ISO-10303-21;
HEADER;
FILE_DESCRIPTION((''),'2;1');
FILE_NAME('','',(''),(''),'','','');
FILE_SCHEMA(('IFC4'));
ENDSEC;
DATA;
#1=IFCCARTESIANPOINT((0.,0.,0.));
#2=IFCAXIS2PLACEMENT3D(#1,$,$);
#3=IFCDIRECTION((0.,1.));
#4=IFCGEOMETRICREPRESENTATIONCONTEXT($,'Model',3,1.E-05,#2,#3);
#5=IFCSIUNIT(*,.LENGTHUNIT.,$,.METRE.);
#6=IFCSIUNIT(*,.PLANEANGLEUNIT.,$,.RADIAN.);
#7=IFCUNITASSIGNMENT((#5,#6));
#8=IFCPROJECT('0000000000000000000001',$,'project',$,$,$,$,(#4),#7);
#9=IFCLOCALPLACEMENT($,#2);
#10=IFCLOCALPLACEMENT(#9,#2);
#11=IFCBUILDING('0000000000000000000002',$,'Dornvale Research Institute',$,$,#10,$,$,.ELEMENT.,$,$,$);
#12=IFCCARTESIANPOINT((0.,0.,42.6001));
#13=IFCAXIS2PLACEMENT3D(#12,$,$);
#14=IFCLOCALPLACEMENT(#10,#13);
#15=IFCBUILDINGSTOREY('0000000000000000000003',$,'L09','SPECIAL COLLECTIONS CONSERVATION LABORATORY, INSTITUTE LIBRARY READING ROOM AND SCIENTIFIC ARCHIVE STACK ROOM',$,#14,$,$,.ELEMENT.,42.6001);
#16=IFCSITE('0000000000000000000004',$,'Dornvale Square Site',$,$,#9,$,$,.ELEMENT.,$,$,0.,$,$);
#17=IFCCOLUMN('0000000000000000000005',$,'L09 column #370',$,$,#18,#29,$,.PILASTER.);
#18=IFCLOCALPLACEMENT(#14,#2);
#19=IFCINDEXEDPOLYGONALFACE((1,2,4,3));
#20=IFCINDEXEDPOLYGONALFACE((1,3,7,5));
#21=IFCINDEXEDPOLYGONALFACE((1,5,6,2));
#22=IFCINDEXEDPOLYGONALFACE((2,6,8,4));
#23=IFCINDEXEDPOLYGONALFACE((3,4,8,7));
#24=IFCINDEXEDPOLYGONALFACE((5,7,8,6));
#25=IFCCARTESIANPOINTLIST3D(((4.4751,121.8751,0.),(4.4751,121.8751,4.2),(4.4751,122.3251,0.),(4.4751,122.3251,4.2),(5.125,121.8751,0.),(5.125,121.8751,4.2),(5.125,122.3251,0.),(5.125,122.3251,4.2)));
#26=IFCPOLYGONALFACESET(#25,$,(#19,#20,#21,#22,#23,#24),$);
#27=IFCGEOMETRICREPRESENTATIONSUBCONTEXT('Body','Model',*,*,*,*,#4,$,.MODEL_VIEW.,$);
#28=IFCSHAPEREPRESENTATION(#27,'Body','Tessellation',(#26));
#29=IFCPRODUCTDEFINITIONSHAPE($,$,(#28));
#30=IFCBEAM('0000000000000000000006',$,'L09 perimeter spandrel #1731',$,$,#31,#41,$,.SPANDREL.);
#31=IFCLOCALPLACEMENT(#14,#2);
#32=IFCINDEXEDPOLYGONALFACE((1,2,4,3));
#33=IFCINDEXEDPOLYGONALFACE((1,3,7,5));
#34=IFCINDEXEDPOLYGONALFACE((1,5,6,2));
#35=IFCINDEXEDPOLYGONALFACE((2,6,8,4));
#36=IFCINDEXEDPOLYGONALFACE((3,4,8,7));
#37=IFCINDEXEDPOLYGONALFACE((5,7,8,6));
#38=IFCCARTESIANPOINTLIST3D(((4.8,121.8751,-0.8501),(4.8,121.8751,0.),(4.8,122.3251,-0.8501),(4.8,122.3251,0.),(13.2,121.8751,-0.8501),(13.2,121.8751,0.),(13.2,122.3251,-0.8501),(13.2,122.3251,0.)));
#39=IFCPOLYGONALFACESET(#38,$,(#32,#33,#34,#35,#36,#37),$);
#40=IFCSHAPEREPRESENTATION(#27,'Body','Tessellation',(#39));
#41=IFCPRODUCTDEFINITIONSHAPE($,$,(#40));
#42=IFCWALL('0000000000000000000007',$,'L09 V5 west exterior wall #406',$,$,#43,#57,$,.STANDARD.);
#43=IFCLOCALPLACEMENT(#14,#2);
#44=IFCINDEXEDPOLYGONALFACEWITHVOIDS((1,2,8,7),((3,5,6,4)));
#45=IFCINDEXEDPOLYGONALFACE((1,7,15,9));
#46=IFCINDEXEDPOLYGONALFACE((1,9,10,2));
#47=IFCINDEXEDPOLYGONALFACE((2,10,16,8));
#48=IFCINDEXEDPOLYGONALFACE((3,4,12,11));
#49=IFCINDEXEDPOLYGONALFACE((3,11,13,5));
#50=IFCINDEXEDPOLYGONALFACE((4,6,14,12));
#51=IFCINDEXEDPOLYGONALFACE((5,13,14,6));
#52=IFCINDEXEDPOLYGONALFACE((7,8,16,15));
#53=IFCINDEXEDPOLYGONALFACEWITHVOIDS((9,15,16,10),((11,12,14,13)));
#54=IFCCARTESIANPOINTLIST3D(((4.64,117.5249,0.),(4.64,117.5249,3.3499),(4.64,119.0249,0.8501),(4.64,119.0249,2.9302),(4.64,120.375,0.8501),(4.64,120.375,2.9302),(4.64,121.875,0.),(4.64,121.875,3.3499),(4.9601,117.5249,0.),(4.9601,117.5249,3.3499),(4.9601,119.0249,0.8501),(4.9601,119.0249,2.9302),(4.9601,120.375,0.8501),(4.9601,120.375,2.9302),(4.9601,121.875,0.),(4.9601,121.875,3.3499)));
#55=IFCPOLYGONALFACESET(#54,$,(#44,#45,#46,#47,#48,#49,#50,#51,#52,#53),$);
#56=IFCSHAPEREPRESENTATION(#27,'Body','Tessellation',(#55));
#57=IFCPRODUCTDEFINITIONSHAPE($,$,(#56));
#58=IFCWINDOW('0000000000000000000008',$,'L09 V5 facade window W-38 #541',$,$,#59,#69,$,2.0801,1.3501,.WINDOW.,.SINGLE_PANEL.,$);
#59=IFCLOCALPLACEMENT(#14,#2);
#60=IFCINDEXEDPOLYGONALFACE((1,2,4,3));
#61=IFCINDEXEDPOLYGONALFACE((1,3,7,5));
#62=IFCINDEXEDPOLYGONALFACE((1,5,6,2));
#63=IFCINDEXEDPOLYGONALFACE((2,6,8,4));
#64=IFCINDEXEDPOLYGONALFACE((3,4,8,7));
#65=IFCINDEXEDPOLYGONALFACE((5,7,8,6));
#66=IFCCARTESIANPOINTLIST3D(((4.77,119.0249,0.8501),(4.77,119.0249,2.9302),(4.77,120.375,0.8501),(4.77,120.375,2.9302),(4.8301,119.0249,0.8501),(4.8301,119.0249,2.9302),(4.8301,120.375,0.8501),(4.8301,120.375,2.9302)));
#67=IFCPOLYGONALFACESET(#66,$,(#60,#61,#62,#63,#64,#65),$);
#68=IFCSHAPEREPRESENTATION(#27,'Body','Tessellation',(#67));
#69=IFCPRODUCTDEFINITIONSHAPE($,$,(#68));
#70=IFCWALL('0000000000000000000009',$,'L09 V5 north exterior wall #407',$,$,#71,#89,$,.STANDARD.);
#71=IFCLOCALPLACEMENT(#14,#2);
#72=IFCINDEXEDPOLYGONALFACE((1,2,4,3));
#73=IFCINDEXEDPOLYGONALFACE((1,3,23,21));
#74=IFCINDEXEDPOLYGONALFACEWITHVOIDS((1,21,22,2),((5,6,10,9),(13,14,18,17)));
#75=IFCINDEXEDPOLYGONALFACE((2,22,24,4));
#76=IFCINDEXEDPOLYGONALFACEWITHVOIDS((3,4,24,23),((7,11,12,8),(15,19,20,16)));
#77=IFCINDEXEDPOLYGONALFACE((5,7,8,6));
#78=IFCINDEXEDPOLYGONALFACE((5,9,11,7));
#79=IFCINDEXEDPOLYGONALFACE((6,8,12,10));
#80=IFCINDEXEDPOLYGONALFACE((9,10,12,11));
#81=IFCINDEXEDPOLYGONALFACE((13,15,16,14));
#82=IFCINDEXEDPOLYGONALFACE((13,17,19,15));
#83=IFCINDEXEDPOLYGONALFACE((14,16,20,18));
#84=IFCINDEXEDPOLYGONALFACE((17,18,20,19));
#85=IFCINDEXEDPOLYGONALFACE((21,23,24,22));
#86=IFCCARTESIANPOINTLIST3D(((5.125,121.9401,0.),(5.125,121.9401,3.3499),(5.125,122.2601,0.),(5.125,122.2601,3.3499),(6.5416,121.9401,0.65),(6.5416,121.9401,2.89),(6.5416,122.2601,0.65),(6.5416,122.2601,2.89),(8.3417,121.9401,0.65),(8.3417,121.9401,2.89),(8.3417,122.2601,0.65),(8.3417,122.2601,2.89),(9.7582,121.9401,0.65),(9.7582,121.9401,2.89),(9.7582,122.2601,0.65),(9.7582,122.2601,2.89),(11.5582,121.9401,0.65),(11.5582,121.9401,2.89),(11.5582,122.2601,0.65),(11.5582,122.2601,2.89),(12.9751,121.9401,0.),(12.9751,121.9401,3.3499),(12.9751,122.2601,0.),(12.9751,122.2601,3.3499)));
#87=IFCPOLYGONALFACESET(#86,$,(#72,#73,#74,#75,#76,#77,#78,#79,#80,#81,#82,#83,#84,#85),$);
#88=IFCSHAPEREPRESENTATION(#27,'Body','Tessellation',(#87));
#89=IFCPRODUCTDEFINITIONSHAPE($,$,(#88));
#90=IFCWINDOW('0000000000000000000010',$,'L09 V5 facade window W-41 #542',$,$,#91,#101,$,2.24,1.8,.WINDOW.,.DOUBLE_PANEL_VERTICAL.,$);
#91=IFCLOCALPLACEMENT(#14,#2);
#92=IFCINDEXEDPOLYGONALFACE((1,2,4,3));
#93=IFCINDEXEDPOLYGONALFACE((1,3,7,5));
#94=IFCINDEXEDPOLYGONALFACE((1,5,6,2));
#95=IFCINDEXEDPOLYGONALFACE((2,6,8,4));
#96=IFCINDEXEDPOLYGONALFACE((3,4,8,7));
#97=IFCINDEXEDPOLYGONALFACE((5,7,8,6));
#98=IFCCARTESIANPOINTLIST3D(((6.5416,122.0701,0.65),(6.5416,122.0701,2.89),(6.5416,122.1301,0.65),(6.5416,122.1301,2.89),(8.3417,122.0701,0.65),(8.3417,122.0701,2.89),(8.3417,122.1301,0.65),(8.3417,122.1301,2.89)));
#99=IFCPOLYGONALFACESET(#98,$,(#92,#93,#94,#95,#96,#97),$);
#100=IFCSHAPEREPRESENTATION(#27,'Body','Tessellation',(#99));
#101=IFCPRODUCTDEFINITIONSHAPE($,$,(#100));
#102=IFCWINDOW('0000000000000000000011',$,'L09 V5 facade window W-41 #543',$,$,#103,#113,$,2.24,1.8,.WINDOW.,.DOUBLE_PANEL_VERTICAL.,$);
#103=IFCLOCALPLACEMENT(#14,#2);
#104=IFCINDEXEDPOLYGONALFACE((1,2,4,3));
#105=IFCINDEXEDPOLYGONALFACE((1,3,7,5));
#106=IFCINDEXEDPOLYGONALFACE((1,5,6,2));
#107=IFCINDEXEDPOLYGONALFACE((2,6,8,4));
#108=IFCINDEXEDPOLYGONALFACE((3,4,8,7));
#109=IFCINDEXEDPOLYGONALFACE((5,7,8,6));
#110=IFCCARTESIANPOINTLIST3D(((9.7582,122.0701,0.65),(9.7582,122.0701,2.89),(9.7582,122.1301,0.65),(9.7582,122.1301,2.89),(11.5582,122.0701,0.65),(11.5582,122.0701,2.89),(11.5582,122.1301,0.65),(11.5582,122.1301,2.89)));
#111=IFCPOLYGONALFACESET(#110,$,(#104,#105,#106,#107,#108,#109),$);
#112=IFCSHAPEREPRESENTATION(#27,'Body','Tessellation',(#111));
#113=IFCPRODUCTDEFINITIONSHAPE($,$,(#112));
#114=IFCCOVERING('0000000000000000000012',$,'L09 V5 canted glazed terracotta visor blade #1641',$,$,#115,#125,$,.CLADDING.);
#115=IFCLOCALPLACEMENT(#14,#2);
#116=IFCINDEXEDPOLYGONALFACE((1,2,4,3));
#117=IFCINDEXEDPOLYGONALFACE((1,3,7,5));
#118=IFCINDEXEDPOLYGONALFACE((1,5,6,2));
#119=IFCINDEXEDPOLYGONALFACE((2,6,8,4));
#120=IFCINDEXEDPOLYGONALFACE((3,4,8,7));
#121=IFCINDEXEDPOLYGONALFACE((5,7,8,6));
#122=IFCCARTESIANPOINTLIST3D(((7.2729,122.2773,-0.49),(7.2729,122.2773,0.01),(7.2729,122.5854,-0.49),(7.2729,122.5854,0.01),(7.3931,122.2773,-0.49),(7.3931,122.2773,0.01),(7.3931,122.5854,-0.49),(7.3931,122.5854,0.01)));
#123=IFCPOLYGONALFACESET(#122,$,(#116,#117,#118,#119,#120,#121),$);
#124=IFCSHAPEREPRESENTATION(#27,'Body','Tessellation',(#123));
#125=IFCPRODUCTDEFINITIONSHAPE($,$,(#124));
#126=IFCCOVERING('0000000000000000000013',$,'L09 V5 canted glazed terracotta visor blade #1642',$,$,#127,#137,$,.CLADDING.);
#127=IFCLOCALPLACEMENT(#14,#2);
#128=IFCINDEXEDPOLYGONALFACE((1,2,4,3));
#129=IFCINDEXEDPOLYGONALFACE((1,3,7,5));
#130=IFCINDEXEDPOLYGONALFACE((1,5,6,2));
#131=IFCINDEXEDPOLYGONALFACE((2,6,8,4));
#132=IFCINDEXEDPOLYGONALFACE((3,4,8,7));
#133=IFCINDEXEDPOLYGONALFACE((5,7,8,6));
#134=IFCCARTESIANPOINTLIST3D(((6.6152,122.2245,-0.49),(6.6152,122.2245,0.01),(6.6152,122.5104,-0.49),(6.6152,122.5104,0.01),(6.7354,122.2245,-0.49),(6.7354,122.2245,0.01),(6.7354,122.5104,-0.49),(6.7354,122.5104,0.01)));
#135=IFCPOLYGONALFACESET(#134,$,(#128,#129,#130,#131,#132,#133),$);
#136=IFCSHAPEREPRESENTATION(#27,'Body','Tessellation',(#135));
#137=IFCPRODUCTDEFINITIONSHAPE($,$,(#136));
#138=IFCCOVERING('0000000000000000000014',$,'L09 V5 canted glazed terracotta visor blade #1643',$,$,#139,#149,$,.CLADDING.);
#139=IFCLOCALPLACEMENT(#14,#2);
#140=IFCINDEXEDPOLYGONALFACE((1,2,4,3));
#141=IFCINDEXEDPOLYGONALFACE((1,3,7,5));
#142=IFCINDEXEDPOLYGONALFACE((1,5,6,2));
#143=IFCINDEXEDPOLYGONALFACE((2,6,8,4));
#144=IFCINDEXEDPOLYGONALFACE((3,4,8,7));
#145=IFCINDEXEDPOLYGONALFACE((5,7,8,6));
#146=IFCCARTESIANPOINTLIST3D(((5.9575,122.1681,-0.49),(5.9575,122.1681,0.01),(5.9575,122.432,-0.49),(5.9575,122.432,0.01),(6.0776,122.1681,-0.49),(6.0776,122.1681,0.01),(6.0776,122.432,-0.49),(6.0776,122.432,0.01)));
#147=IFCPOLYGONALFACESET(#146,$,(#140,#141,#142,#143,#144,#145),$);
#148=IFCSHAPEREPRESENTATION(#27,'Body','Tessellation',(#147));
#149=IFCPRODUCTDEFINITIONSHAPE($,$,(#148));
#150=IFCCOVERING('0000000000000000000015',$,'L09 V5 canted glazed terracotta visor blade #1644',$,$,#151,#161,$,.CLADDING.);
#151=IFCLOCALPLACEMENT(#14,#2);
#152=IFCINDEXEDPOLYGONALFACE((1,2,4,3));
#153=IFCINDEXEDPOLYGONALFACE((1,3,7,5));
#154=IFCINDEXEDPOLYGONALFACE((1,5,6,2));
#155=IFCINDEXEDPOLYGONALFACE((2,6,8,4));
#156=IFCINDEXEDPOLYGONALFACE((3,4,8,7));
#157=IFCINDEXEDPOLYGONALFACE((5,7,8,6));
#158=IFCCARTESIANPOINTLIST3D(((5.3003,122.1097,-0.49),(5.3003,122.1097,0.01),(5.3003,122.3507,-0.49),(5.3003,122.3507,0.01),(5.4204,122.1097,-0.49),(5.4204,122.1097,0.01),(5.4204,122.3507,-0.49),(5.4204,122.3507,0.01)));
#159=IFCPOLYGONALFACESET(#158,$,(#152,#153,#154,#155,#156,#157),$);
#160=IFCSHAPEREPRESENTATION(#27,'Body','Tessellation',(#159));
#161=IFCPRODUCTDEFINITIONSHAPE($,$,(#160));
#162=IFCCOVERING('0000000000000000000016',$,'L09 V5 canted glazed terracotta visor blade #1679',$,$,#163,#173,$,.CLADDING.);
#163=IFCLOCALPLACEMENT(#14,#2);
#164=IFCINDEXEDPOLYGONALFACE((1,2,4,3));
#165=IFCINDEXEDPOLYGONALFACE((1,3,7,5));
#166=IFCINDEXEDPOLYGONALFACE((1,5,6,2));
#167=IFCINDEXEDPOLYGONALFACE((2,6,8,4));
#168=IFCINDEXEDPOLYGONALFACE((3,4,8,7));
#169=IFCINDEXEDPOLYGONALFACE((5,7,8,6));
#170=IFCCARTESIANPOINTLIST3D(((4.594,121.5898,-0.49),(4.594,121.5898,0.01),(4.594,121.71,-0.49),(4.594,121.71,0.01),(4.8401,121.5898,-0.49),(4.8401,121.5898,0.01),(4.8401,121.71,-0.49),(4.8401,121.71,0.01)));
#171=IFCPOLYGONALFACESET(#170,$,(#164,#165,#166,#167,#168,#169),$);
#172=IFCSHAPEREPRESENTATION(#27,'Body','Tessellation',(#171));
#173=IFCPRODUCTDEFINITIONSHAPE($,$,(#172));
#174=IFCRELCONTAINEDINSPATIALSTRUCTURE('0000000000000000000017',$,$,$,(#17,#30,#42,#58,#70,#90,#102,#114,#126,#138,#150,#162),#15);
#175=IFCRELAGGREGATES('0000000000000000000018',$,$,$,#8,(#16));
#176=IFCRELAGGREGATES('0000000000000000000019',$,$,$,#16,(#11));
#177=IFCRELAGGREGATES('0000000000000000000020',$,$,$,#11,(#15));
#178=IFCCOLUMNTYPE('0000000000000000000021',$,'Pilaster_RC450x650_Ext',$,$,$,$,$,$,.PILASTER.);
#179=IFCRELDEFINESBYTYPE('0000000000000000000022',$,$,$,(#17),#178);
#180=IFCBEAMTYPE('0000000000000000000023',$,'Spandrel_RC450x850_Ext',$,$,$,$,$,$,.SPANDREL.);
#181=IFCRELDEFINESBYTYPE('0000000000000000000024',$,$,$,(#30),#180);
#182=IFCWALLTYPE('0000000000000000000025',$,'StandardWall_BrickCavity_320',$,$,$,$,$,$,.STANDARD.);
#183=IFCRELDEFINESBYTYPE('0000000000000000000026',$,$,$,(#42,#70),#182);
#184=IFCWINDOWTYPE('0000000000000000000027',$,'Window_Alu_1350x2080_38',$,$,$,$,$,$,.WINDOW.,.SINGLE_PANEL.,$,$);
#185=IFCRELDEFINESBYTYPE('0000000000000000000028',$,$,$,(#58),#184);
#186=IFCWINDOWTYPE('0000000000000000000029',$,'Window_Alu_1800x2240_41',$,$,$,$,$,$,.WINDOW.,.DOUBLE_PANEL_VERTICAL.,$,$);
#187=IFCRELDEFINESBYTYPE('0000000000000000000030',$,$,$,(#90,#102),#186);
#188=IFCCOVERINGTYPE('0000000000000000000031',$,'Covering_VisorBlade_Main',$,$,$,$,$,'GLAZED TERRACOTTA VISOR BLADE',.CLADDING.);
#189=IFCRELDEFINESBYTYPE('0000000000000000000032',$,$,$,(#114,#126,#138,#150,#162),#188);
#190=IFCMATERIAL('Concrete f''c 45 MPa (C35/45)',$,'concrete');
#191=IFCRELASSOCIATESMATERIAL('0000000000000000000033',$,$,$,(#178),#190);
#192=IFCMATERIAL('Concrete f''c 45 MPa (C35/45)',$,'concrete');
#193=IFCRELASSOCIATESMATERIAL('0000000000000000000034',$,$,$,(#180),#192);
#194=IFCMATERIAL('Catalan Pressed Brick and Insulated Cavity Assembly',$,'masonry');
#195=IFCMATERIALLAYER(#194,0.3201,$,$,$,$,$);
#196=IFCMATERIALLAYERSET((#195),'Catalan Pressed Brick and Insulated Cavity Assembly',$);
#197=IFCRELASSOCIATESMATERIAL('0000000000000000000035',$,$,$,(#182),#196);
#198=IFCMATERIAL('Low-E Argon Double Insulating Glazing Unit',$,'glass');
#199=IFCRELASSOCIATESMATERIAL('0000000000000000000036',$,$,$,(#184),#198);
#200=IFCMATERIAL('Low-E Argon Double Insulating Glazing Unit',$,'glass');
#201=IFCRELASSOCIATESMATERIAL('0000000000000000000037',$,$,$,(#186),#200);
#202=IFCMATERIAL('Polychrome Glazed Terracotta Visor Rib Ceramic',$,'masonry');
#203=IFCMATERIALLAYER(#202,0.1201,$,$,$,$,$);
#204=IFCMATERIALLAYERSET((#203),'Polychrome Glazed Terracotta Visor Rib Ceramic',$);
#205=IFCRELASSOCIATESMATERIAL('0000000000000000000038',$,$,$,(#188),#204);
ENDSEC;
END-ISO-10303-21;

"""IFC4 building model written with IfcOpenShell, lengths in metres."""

from ifc_helpers import new_model, si_unit, direction, frame, frame_2d, origin, origin_2d, place, context, subcontext, project, spatial, rectangle, extrude, material, layer, layer_set, material_profile, profile_set, type_object, element, fill, save


model = new_model("IFC4")

# Units and contexts
model_context = context("Model", 3, precision=1e-05, world=origin(), true_north=direction((0.0, 1.0)))
body_context = subcontext(model_context, "Body", "Model", "MODEL_VIEW")
ifc_project = project(units=[si_unit("LENGTHUNIT", "METRE"), si_unit("PLANEANGLEUNIT", "RADIAN")], contexts=[model_context])

# Site, building, storey
site_placement = place(None, origin())
site = spatial("IfcSite", under=ifc_project, at=site_placement, Name="Dornvale Square Site", CompositionType="ELEMENT", RefElevation=0.0)
building_placement = place(site_placement, origin())
building = spatial("IfcBuilding", under=site, at=building_placement, Name="Dornvale Research Institute", CompositionType="ELEMENT")
storey_placement = place(building_placement, frame((0.0, 0.0, 42.6001)))
storey = spatial("IfcBuildingStorey", under=building, at=storey_placement, Name="L09", Description="SPECIAL COLLECTIONS CONSERVATION LABORATORY, INSTITUTE LIBRARY READING ROOM AND SCIENTIFIC ARCHIVE STACK ROOM", CompositionType="ELEMENT", Elevation=42.6001)

# Column
ifc_material_1 = material(Name="Concrete f'c 45 MPa (C35/45)", Category="concrete")
ifc_material_profile_1 = material_profile(ifc_material_1, rectangle(XDim=0.45, YDim=0.6499, at=origin_2d()), Name="RC 450x650")
ifc_profile_set_1 = profile_set([ifc_material_profile_1], Name="Concrete f'c 45 MPa (C35/45)")
column_type = type_object("IfcColumnType", Name="Pilaster_RC450x650_Ext", PredefinedType="PILASTER", material=ifc_profile_set_1)
column_placement = place(storey_placement, frame((4.8, 122.1001, 0.0), z_axis=(0.0, 0.0, 1.0), x_axis=(0.0, 1.0, 0.0)))
element("IfcColumn", 1, at=column_placement, inside=storey, type_object=column_type, Name="L09 column #370", PredefinedType="PILASTER", context=body_context, shape_type="SweptSolid", body=[
    extrude(rectangle(XDim=0.45, YDim=0.6499, at=origin_2d()), origin(), (0.0, 0.0, 1.0), 4.2),
])

# Beam
ifc_material_2 = material(Name="Concrete f'c 45 MPa (C35/45)", Category="concrete")
ifc_material_profile_2 = material_profile(ifc_material_2, rectangle(XDim=0.45, YDim=0.8501, at=origin_2d()), Name="RC 450x850")
ifc_profile_set_2 = profile_set([ifc_material_profile_2], Name="Concrete f'c 45 MPa (C35/45)")
beam_type = type_object("IfcBeamType", Name="Spandrel_RC450x850_Ext", PredefinedType="SPANDREL", material=ifc_profile_set_2)
beam_placement = place(storey_placement, frame((4.8, 122.1001, -0.425), z_axis=(1.0, 0.0, 0.0), x_axis=(0.0, 1.0, 0.0)))
element("IfcBeam", 2, at=beam_placement, inside=storey, type_object=beam_type, Name="L09 perimeter spandrel #1731", PredefinedType="SPANDREL", context=body_context, shape_type="SweptSolid", body=[
    extrude(rectangle(XDim=0.45, YDim=0.8501, at=origin_2d()), origin(), (0.0, 0.0, 1.0), 8.3999),
])

# Wall, opening, window
ifc_material_3 = material(Name="Catalan Pressed Brick and Insulated Cavity Assembly", Category="masonry")
ifc_layer_1 = layer(ifc_material_3, 0.3201)
ifc_layer_set_1 = layer_set([ifc_layer_1], Name="Catalan Pressed Brick and Insulated Cavity Assembly")
wall_type = type_object("IfcWallType", Name="StandardWall_BrickCavity_320", PredefinedType="STANDARD", material=ifc_layer_set_1)
wall_1_placement = place(storey_placement, frame((4.8, 117.5249, 0.0), z_axis=(0.0, 0.0, 1.0), x_axis=(0.0, 1.0, 0.0)))
wall_1 = element("IfcWall", 3, at=wall_1_placement, inside=storey, type_object=wall_type, Name="L09 V5 west exterior wall #406", PredefinedType="STANDARD", context=body_context, shape_type="SweptSolid", body=[
    extrude(rectangle(XDim=4.3501, YDim=0.3201, at=frame_2d((2.175, 0.0))), origin(), (0.0, 0.0, 1.0), 3.3499),
])
opening_1_placement = place(wall_1_placement, frame((1.5, 0.0, 0.8501)))
opening_1 = element("IfcOpeningElement", 4, at=opening_1_placement, cuts=wall_1, PredefinedType="OPENING", context=body_context, shape_type="SweptSolid", body=[
    extrude(rectangle(XDim=1.3501, YDim=2.0801, at=frame_2d((0.675, 1.04))), frame((0.0, 0.175, 0.0), z_axis=(0.0, -1.0, 0.0), x_axis=(1.0, 0.0, 0.0)), (0.0, 0.0, 1.0), 0.3501),
])
ifc_material_4 = material(Name="Low-E Argon Double Insulating Glazing Unit", Category="glass")
window_type_1 = type_object("IfcWindowType", Name="Window_Alu_1350x2080_38", PartitioningType="SINGLE_PANEL", PredefinedType="WINDOW", material=ifc_material_4)
window_1_placement = place(opening_1_placement, origin())
window_1 = element("IfcWindow", 5, at=window_1_placement, inside=storey, type_object=window_type_1, Name="L09 V5 facade window W-38 #541", OverallHeight=2.0801, OverallWidth=1.3501, PartitioningType="SINGLE_PANEL", PredefinedType="WINDOW", context=body_context, shape_type="SweptSolid", body=[
    extrude(rectangle(XDim=1.3501, YDim=2.0801, at=frame_2d((0.675, 1.04))), frame((0.0, 0.03, 0.0), z_axis=(0.0, -1.0, 0.0), x_axis=(1.0, 0.0, 0.0)), (0.0, 0.0, 1.0), 0.0601),
])
fill(opening_1, window_1)

# Wall, openings, windows
wall_2_placement = place(storey_placement, frame((5.125, 122.1001, 0.0), z_axis=(0.0, 0.0, 1.0), x_axis=(1.0, 0.0, 0.0)))
wall_2 = element("IfcWall", 6, at=wall_2_placement, inside=storey, type_object=wall_type, Name="L09 V5 north exterior wall #407", PredefinedType="STANDARD", context=body_context, shape_type="SweptSolid", body=[
    extrude(rectangle(XDim=7.8501, YDim=0.3201, at=frame_2d((3.925, 0.0))), origin(), (0.0, 0.0, 1.0), 3.3499),
])
opening_2_placement = place(wall_2_placement, frame((1.4167, 0.0, 0.6499)))
opening_2 = element("IfcOpeningElement", 7, at=opening_2_placement, cuts=wall_2, PredefinedType="OPENING", context=body_context, shape_type="SweptSolid", body=[
    extrude(rectangle(XDim=1.8, YDim=2.24, at=frame_2d((0.8999, 1.1201))), frame((0.0, 0.175, 0.0), z_axis=(0.0, -1.0, 0.0), x_axis=(1.0, 0.0, 0.0)), (0.0, 0.0, 1.0), 0.3501),
])
opening_3_placement = place(wall_2_placement, frame((4.6333, 0.0, 0.6499)))
opening_3 = element("IfcOpeningElement", 8, at=opening_3_placement, cuts=wall_2, PredefinedType="OPENING", context=body_context, shape_type="SweptSolid", body=[
    extrude(rectangle(XDim=1.8, YDim=2.24, at=frame_2d((0.8999, 1.1201))), frame((0.0, 0.175, 0.0), z_axis=(0.0, -1.0, 0.0), x_axis=(1.0, 0.0, 0.0)), (0.0, 0.0, 1.0), 0.3501),
])
ifc_material_5 = material(Name="Low-E Argon Double Insulating Glazing Unit", Category="glass")
window_type_2 = type_object("IfcWindowType", Name="Window_Alu_1800x2240_41", PartitioningType="DOUBLE_PANEL_VERTICAL", PredefinedType="WINDOW", material=ifc_material_5)
window_2_placement = place(opening_2_placement, origin())
window_2 = element("IfcWindow", 9, at=window_2_placement, inside=storey, type_object=window_type_2, Name="L09 V5 facade window W-41 #542", OverallHeight=2.24, OverallWidth=1.8, PartitioningType="DOUBLE_PANEL_VERTICAL", PredefinedType="WINDOW", context=body_context, shape_type="SweptSolid", body=[
    extrude(rectangle(XDim=1.8, YDim=2.24, at=frame_2d((0.8999, 1.1201))), frame((0.0, 0.03, 0.0), z_axis=(0.0, -1.0, 0.0), x_axis=(1.0, 0.0, 0.0)), (0.0, 0.0, 1.0), 0.0601),
])
fill(opening_2, window_2)
window_3_placement = place(opening_3_placement, origin())
window_3 = element("IfcWindow", 10, at=window_3_placement, inside=storey, type_object=window_type_2, Name="L09 V5 facade window W-41 #543", OverallHeight=2.24, OverallWidth=1.8, PartitioningType="DOUBLE_PANEL_VERTICAL", PredefinedType="WINDOW", context=body_context, shape_type="SweptSolid", body=[
    extrude(rectangle(XDim=1.8, YDim=2.24, at=frame_2d((0.8999, 1.1201))), frame((0.0, 0.03, 0.0), z_axis=(0.0, -1.0, 0.0), x_axis=(1.0, 0.0, 0.0)), (0.0, 0.0, 1.0), 0.0601),
])
fill(opening_3, window_3)

# Coverings
ifc_material_6 = material(Name="Polychrome Glazed Terracotta Visor Rib Ceramic", Category="masonry")
ifc_layer_2 = layer(ifc_material_6, 0.1201)
ifc_layer_set_2 = layer_set([ifc_layer_2], Name="Polychrome Glazed Terracotta Visor Rib Ceramic")
covering_type = type_object("IfcCoveringType", Name="Covering_VisorBlade_Main", ElementType="GLAZED TERRACOTTA VISOR BLADE", PredefinedType="CLADDING", material=ifc_layer_set_2)
covering_1_placement = place(storey_placement, frame((7.333, 122.4314, -0.49), z_axis=(0.0, 0.0, 1.0), x_axis=(0.0, 1.0, 0.0)))
element("IfcCovering", 11, at=covering_1_placement, inside=storey, type_object=covering_type, Name="L09 V5 canted glazed terracotta visor blade #1641", PredefinedType="CLADDING", context=body_context, shape_type="SweptSolid", body=[
    extrude(rectangle(XDim=0.3081, YDim=0.1201, at=origin_2d()), origin(), (0.0, 0.0, 1.0), 0.5),
])
covering_2_placement = place(storey_placement, frame((6.6753, 122.3674, -0.49), z_axis=(0.0, 0.0, 1.0), x_axis=(0.0, 1.0, 0.0)))
element("IfcCovering", 12, at=covering_2_placement, inside=storey, type_object=covering_type, Name="L09 V5 canted glazed terracotta visor blade #1642", PredefinedType="CLADDING", context=body_context, shape_type="SweptSolid", body=[
    extrude(rectangle(XDim=0.2859, YDim=0.1201, at=origin_2d()), origin(), (0.0, 0.0, 1.0), 0.5),
])
covering_3_placement = place(storey_placement, frame((6.0176, 122.3, -0.49), z_axis=(0.0, 0.0, 1.0), x_axis=(0.0, 1.0, 0.0)))
element("IfcCovering", 13, at=covering_3_placement, inside=storey, type_object=covering_type, Name="L09 V5 canted glazed terracotta visor blade #1643", PredefinedType="CLADDING", context=body_context, shape_type="SweptSolid", body=[
    extrude(rectangle(XDim=0.2639, YDim=0.1201, at=origin_2d()), origin(), (0.0, 0.0, 1.0), 0.5),
])
covering_4_placement = place(storey_placement, frame((5.3604, 122.2302, -0.49), z_axis=(0.0, 0.0, 1.0), x_axis=(0.0, 1.0, 0.0)))
element("IfcCovering", 14, at=covering_4_placement, inside=storey, type_object=covering_type, Name="L09 V5 canted glazed terracotta visor blade #1644", PredefinedType="CLADDING", context=body_context, shape_type="SweptSolid", body=[
    extrude(rectangle(XDim=0.241, YDim=0.1201, at=origin_2d()), origin(), (0.0, 0.0, 1.0), 0.5),
])
covering_5_placement = place(storey_placement, frame((4.717, 121.6499, -0.49), z_axis=(0.0, 0.0, 1.0), x_axis=(1.0, 0.0, 0.0)))
element("IfcCovering", 15, at=covering_5_placement, inside=storey, type_object=covering_type, Name="L09 V5 canted glazed terracotta visor blade #1679", PredefinedType="CLADDING", context=body_context, shape_type="SweptSolid", body=[
    extrude(rectangle(XDim=0.2461, YDim=0.1201, at=origin_2d()), origin(), (0.0, 0.0, 1.0), 0.5),
])

save(model, "model.ifc")
